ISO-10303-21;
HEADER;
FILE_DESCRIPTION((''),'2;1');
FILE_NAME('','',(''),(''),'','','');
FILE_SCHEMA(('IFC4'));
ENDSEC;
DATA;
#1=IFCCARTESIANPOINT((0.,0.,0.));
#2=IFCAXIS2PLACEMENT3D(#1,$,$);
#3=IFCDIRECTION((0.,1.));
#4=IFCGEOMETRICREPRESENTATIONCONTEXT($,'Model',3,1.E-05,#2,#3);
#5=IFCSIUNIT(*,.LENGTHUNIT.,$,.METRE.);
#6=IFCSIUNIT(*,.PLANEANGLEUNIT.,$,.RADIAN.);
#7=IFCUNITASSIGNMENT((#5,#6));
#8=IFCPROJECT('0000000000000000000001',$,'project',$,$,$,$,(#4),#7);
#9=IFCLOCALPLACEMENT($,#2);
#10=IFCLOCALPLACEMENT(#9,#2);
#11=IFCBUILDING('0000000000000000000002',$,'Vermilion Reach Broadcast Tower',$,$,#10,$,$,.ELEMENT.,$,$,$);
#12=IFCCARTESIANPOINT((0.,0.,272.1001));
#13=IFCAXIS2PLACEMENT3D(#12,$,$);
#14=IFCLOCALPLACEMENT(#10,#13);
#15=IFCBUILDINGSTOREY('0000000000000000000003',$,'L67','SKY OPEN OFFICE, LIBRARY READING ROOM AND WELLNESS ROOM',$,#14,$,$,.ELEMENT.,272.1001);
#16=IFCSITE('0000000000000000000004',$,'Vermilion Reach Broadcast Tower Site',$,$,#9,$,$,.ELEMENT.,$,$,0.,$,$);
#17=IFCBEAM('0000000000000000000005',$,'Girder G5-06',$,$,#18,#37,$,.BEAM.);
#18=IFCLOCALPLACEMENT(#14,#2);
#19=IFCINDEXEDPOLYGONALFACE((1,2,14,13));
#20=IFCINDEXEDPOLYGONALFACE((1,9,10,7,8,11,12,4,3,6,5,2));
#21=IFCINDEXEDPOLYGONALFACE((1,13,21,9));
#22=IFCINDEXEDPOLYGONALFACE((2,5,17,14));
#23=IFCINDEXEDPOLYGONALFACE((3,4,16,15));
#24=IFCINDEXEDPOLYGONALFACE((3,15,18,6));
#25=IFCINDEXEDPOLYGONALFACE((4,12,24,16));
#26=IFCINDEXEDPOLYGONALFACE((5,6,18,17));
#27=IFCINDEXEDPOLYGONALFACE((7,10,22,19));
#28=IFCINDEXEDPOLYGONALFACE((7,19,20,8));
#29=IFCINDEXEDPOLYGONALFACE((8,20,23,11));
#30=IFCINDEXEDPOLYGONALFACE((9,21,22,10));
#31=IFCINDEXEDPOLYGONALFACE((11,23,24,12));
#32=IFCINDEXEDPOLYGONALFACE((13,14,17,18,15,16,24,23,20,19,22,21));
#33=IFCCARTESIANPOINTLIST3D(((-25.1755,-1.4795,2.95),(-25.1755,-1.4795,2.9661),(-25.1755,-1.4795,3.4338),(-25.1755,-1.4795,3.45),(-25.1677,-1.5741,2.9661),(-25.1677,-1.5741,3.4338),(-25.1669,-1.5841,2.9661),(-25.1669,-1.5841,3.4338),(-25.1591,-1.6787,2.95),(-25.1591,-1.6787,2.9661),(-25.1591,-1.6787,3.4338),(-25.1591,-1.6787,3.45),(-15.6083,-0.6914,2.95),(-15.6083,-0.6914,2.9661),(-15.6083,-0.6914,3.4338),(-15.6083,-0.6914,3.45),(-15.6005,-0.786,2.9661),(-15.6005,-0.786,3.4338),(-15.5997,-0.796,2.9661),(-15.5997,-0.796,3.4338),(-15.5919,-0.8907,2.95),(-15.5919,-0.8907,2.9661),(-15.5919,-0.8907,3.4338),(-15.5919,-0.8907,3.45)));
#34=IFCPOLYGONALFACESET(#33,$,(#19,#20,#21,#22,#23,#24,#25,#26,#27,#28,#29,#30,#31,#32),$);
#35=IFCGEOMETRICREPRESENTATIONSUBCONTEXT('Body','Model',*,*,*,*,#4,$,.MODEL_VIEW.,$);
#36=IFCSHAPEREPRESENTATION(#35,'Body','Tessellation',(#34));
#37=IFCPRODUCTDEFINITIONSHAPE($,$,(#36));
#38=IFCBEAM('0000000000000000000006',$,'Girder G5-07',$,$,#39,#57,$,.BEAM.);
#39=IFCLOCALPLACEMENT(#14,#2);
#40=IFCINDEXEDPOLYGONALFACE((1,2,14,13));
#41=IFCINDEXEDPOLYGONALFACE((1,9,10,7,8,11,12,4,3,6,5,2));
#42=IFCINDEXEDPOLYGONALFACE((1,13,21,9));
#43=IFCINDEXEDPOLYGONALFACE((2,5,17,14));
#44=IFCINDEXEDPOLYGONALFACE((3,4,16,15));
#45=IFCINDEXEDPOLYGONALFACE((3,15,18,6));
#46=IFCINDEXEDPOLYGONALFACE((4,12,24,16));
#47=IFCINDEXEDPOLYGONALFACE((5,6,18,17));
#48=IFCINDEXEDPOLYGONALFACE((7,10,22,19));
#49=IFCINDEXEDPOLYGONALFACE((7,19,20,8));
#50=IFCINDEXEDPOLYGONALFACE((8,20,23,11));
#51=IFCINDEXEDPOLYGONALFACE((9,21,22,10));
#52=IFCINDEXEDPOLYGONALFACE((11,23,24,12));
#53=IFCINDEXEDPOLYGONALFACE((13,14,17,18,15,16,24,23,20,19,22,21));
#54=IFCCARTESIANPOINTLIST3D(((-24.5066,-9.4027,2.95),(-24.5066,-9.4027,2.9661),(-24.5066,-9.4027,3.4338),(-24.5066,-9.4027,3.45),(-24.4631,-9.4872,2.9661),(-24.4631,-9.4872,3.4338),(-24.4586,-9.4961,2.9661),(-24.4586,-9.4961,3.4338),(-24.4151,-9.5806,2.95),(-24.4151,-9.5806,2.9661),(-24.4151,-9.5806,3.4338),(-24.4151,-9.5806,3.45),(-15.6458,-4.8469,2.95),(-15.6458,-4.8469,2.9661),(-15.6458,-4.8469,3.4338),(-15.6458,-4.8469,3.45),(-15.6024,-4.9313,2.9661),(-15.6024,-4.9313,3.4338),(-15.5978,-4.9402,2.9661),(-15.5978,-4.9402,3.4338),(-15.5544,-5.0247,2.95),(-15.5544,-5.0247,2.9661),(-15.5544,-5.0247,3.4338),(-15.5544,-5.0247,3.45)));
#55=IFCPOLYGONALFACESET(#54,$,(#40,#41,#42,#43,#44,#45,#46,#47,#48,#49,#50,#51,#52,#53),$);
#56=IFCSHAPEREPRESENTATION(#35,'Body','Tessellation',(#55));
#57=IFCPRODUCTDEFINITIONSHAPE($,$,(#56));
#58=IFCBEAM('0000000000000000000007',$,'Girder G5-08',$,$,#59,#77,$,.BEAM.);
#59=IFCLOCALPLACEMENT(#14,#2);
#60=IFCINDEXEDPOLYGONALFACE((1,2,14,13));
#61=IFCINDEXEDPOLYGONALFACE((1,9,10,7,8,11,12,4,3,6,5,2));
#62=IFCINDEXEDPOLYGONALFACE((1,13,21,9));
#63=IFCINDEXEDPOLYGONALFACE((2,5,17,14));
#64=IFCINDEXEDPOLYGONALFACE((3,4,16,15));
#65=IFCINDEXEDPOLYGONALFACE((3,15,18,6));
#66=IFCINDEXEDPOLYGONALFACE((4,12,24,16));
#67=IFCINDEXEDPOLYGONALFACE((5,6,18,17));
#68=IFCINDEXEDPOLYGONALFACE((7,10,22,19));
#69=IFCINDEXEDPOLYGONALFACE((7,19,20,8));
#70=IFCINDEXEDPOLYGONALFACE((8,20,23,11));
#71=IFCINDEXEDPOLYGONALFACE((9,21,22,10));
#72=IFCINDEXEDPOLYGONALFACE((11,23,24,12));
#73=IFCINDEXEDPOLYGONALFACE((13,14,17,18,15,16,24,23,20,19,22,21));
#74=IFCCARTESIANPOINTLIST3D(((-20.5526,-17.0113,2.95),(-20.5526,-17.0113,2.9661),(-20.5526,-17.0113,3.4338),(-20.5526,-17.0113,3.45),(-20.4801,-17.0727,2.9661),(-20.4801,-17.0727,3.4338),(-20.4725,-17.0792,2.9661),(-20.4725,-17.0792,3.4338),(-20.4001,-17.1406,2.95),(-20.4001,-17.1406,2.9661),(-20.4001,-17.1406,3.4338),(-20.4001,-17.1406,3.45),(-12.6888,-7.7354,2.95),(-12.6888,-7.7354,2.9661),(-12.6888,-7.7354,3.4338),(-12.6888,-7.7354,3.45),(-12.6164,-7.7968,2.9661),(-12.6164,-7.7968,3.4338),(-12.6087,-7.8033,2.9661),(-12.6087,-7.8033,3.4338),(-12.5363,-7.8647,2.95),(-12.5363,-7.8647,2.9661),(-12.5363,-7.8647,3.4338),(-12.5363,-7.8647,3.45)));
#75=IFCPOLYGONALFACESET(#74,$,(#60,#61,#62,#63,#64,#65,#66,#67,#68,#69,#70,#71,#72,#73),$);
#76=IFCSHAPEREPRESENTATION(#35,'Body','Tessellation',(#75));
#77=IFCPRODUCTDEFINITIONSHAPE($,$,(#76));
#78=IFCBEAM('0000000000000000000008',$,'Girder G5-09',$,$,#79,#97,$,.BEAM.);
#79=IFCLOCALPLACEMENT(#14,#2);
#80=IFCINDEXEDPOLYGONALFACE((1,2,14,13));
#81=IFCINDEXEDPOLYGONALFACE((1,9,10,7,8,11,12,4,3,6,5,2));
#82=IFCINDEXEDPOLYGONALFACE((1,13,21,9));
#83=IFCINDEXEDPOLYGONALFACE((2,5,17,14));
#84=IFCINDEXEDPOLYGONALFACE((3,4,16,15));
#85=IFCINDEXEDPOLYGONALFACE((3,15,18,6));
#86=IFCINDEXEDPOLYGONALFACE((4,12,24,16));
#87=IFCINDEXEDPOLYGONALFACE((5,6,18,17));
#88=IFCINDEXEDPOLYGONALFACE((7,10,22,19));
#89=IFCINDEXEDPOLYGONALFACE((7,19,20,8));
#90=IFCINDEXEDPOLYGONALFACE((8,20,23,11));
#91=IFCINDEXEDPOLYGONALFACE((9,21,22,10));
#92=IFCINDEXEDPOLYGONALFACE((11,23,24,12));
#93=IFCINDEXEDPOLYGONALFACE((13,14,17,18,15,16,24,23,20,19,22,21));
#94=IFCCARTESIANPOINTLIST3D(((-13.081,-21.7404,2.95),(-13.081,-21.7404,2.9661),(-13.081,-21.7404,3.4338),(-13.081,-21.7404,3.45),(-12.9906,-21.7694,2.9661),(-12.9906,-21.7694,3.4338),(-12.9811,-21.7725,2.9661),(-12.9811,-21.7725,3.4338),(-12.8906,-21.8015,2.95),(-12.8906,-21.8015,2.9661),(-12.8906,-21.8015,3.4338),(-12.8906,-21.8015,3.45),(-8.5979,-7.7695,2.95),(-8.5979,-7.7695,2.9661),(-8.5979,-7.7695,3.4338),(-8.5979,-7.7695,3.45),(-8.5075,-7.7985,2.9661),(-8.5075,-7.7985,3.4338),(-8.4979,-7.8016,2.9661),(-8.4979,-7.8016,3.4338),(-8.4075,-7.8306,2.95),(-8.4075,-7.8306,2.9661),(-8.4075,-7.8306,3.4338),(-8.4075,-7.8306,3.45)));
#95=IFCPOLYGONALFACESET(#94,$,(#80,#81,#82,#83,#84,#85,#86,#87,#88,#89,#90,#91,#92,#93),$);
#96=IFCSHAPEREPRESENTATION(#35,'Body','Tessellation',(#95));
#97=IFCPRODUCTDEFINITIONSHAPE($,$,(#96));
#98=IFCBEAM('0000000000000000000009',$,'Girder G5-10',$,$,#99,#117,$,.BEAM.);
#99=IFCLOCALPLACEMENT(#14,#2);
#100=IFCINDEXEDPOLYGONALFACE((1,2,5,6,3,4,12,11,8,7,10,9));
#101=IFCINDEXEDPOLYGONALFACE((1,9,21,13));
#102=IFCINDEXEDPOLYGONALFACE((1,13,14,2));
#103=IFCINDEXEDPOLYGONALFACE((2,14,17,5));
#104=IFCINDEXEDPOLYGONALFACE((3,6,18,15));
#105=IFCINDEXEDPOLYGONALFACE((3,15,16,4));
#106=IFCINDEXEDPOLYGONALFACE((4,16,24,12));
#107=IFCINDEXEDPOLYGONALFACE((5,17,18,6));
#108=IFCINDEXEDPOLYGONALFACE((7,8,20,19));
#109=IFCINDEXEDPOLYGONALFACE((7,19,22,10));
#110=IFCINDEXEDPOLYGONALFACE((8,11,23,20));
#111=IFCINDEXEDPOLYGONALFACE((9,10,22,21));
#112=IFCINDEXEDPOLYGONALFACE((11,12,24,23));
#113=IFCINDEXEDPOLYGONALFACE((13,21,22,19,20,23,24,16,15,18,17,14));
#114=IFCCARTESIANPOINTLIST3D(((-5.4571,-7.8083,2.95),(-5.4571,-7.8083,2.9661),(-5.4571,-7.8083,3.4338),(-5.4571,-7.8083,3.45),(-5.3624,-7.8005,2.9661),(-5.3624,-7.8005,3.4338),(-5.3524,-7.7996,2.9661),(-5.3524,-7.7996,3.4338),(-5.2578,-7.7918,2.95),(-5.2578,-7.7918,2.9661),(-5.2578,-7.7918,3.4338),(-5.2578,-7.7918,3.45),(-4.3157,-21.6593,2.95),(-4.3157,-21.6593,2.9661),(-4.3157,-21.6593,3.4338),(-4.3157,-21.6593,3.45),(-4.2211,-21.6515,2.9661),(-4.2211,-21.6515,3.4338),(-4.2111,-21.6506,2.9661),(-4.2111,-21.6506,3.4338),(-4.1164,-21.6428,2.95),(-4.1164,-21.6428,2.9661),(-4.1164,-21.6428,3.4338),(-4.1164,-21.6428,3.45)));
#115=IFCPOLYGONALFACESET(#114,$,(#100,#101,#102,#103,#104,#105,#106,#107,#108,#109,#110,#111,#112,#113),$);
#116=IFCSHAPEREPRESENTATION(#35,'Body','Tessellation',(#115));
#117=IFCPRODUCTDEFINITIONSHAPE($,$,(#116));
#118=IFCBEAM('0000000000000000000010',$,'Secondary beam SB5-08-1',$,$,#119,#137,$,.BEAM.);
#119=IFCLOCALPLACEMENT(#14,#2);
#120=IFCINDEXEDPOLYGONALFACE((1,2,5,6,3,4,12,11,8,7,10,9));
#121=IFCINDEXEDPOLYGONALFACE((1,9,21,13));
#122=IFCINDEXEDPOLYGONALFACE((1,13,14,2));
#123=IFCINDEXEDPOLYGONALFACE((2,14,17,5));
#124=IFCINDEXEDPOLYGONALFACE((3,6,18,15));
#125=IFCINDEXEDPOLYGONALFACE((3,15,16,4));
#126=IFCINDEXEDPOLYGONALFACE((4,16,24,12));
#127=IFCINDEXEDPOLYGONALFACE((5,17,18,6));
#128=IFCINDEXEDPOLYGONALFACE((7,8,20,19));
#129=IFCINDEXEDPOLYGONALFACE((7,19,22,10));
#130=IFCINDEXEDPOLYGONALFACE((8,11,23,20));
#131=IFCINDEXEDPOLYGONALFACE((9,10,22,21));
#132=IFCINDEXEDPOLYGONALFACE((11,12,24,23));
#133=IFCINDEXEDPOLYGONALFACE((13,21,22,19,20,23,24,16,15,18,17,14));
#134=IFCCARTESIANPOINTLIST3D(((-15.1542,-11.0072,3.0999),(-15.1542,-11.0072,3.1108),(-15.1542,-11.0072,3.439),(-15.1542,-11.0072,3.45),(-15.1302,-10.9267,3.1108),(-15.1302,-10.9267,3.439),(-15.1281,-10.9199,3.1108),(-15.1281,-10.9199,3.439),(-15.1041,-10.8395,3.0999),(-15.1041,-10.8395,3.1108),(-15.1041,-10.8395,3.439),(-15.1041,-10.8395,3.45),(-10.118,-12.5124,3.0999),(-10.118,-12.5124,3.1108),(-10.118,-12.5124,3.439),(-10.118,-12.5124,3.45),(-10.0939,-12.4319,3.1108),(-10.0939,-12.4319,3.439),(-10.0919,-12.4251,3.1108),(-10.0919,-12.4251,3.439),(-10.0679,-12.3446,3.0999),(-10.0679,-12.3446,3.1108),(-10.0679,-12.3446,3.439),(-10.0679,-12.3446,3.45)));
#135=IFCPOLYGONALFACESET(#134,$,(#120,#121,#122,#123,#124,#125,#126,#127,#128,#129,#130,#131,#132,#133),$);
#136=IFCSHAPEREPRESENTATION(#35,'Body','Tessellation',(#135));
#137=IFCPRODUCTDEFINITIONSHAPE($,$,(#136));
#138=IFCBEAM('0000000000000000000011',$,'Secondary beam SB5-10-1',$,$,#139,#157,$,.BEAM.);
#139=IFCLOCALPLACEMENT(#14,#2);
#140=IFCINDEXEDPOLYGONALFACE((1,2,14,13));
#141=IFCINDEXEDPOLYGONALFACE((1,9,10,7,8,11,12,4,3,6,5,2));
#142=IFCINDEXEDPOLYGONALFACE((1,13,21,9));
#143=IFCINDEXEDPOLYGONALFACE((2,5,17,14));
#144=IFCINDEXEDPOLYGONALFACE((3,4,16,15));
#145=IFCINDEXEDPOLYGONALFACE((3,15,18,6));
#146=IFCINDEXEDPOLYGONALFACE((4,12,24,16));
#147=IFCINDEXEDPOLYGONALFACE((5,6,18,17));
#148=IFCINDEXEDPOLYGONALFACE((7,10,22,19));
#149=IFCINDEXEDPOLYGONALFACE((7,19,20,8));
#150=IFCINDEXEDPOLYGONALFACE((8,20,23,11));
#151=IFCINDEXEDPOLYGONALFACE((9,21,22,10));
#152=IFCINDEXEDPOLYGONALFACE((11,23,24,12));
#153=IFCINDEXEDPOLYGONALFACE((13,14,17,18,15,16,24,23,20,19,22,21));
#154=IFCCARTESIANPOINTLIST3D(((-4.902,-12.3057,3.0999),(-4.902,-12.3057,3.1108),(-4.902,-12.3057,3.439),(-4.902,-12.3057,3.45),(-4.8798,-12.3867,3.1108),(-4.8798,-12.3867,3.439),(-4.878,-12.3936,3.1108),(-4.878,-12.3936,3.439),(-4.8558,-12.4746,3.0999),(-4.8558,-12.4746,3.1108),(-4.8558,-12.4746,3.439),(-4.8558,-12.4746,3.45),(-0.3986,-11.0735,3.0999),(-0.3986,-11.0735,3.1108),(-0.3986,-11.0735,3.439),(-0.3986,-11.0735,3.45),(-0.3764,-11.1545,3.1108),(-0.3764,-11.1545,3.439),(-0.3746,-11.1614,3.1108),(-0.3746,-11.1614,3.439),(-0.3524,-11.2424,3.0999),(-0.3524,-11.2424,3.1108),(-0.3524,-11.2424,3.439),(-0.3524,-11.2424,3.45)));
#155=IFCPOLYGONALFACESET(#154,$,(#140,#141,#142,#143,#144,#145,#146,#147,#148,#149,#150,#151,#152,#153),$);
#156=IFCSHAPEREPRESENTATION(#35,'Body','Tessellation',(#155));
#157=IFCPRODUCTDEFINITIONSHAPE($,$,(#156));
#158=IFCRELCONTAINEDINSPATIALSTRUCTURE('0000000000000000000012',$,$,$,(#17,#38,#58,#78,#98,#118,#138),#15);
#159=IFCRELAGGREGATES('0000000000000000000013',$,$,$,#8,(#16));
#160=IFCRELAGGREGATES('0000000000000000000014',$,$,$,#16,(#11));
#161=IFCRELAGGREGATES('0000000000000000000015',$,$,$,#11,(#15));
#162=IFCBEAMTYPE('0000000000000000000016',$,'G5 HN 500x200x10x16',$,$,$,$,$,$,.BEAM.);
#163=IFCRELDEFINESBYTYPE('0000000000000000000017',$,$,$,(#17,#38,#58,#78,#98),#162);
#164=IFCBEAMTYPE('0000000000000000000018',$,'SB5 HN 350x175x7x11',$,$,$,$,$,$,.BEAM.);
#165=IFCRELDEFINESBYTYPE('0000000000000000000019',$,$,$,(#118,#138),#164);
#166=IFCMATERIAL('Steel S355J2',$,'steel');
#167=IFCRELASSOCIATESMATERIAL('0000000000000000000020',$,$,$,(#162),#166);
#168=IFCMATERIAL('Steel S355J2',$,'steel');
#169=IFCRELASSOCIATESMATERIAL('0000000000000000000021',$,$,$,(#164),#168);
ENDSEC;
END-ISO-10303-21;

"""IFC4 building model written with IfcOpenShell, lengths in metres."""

from ifc_helpers import new_model, si_unit, direction, frame, origin, origin_2d, place, context, subcontext, project, spatial, i_section, extrude, material, material_profile, profile_set, type_object, element, save


model = new_model("IFC4")

# Units and contexts
model_context = context("Model", 3, precision=1e-05, world=origin(), true_north=direction((0.0, 1.0)))
body_context = subcontext(model_context, "Body", "Model", "MODEL_VIEW")
ifc_project = project(units=[si_unit("LENGTHUNIT", "METRE"), si_unit("PLANEANGLEUNIT", "RADIAN")], contexts=[model_context])

# Site, building, storey
site_placement = place(None, origin())
site = spatial("IfcSite", under=ifc_project, at=site_placement, Name="Vermilion Reach Broadcast Tower Site", CompositionType="ELEMENT", RefElevation=0.0)
building_placement = place(site_placement, origin())
building = spatial("IfcBuilding", under=site, at=building_placement, Name="Vermilion Reach Broadcast Tower", CompositionType="ELEMENT")
storey_placement = place(building_placement, frame((0.0, 0.0, 272.1001)))
storey = spatial("IfcBuildingStorey", under=building, at=storey_placement, Name="L67", Description="SKY OPEN OFFICE, LIBRARY READING ROOM AND WELLNESS ROOM", CompositionType="ELEMENT", Elevation=272.1001)

# Beams
ifc_material_1 = material(Name="Steel S355J2", Category="steel")
ifc_material_profile_1 = material_profile(ifc_material_1, i_section(OverallWidth=0.2, OverallDepth=0.5, WebThickness=0.01, FlangeThickness=0.0161, at=origin_2d()), Name="S355J2 HN 500x200x10x16")
ifc_profile_set_1 = profile_set([ifc_material_profile_1], Name="Steel S355J2")
beam_type_1 = type_object("IfcBeamType", Name="G5 HN 500x200x10x16", PredefinedType="BEAM", material=ifc_profile_set_1)
beam_1_placement = place(storey_placement, frame((-15.6001, -0.791, 3.2), z_axis=(-0.996624, -0.082096, 0.0), x_axis=(0.082096, -0.996624, 0.0)))
element("IfcBeam", 1, at=beam_1_placement, inside=storey, type_object=beam_type_1, Name="Girder G5-06", PredefinedType="BEAM", context=body_context, shape_type="SweptSolid", body=[
    extrude(i_section(OverallWidth=0.2, OverallDepth=0.5, WebThickness=0.01, FlangeThickness=0.0161, at=origin_2d()), origin(), (0.0, 0.0, 1.0), 9.5996),
])
beam_2_placement = place(storey_placement, frame((-15.6001, -4.9358, 3.2), z_axis=(-0.889333, -0.457261, 0.0), x_axis=(0.457261, -0.889333, 0.0)))
element("IfcBeam", 2, at=beam_2_placement, inside=storey, type_object=beam_type_1, Name="Girder G5-07", PredefinedType="BEAM", context=body_context, shape_type="SweptSolid", body=[
    extrude(i_section(OverallWidth=0.2, OverallDepth=0.5, WebThickness=0.01, FlangeThickness=0.0161, at=origin_2d()), origin(), (0.0, 0.0, 1.0), 9.9634),
])
beam_3_placement = place(storey_placement, frame((-12.6125, -7.8, 3.2), z_axis=(-0.646658, -0.76278, 0.0), x_axis=(0.76278, -0.646658, 0.0)))
element("IfcBeam", 3, at=beam_3_placement, inside=storey, type_object=beam_type_1, Name="Girder G5-08", PredefinedType="BEAM", context=body_context, shape_type="SweptSolid", body=[
    extrude(i_section(OverallWidth=0.2, OverallDepth=0.5, WebThickness=0.01, FlangeThickness=0.0161, at=origin_2d()), origin(), (0.0, 0.0, 1.0), 12.1606),
])
beam_4_placement = place(storey_placement, frame((-8.5027, -7.8, 3.2), z_axis=(-0.305545, -0.952178, 0.0), x_axis=(0.952178, -0.305545, 0.0)))
element("IfcBeam", 4, at=beam_4_placement, inside=storey, type_object=beam_type_1, Name="Girder G5-09", PredefinedType="BEAM", context=body_context, shape_type="SweptSolid", body=[
    extrude(i_section(OverallWidth=0.2, OverallDepth=0.5, WebThickness=0.01, FlangeThickness=0.0161, at=origin_2d()), origin(), (0.0, 0.0, 1.0), 14.6726),
])
beam_5_placement = place(storey_placement, frame((-5.3574, -7.8, 3.2), z_axis=(0.082124, -0.996622, 0.0), x_axis=(0.996622, 0.082124, 0.0)))
element("IfcBeam", 5, at=beam_5_placement, inside=storey, type_object=beam_type_1, Name="Girder G5-10", PredefinedType="BEAM", context=body_context, shape_type="SweptSolid", body=[
    extrude(i_section(OverallWidth=0.2, OverallDepth=0.5, WebThickness=0.01, FlangeThickness=0.0161, at=origin_2d()), origin(), (0.0, 0.0, 1.0), 13.8979),
])
ifc_material_2 = material(Name="Steel S355J2", Category="steel")
ifc_material_profile_2 = material_profile(ifc_material_2, i_section(OverallWidth=0.175, OverallDepth=0.3501, WebThickness=0.0071, FlangeThickness=0.011, at=origin_2d()), Name="S355J2 HN 350x175x7x11")
ifc_profile_set_2 = profile_set([ifc_material_profile_2], Name="Steel S355J2")
beam_type_2 = type_object("IfcBeamType", Name="SB5 HN 350x175x7x11", PredefinedType="BEAM", material=ifc_profile_set_2)
beam_6_placement = place(storey_placement, frame((-15.1292, -10.9233, 3.2749), z_axis=(0.958125, -0.286351, 0.0), x_axis=(0.286351, 0.958125, 0.0)))
element("IfcBeam", 6, at=beam_6_placement, inside=storey, type_object=beam_type_2, Name="Secondary beam SB5-08-1", PredefinedType="BEAM", context=body_context, shape_type="SweptSolid", body=[
    extrude(i_section(OverallWidth=0.175, OverallDepth=0.3501, WebThickness=0.0071, FlangeThickness=0.011, at=origin_2d()), origin(), (0.0, 0.0, 1.0), 5.2563),
])
beam_7_placement = place(storey_placement, frame((-4.8789, -12.3901, 3.2749), z_axis=(0.964547, 0.263909, 0.0), x_axis=(-0.263909, 0.964547, 0.0)))
element("IfcBeam", 7, at=beam_7_placement, inside=storey, type_object=beam_type_2, Name="Secondary beam SB5-10-1", PredefinedType="BEAM", context=body_context, shape_type="SweptSolid", body=[
    extrude(i_section(OverallWidth=0.175, OverallDepth=0.3501, WebThickness=0.0071, FlangeThickness=0.011, at=origin_2d()), origin(), (0.0, 0.0, 1.0), 4.6689),
])

save(model, "model.ifc")
